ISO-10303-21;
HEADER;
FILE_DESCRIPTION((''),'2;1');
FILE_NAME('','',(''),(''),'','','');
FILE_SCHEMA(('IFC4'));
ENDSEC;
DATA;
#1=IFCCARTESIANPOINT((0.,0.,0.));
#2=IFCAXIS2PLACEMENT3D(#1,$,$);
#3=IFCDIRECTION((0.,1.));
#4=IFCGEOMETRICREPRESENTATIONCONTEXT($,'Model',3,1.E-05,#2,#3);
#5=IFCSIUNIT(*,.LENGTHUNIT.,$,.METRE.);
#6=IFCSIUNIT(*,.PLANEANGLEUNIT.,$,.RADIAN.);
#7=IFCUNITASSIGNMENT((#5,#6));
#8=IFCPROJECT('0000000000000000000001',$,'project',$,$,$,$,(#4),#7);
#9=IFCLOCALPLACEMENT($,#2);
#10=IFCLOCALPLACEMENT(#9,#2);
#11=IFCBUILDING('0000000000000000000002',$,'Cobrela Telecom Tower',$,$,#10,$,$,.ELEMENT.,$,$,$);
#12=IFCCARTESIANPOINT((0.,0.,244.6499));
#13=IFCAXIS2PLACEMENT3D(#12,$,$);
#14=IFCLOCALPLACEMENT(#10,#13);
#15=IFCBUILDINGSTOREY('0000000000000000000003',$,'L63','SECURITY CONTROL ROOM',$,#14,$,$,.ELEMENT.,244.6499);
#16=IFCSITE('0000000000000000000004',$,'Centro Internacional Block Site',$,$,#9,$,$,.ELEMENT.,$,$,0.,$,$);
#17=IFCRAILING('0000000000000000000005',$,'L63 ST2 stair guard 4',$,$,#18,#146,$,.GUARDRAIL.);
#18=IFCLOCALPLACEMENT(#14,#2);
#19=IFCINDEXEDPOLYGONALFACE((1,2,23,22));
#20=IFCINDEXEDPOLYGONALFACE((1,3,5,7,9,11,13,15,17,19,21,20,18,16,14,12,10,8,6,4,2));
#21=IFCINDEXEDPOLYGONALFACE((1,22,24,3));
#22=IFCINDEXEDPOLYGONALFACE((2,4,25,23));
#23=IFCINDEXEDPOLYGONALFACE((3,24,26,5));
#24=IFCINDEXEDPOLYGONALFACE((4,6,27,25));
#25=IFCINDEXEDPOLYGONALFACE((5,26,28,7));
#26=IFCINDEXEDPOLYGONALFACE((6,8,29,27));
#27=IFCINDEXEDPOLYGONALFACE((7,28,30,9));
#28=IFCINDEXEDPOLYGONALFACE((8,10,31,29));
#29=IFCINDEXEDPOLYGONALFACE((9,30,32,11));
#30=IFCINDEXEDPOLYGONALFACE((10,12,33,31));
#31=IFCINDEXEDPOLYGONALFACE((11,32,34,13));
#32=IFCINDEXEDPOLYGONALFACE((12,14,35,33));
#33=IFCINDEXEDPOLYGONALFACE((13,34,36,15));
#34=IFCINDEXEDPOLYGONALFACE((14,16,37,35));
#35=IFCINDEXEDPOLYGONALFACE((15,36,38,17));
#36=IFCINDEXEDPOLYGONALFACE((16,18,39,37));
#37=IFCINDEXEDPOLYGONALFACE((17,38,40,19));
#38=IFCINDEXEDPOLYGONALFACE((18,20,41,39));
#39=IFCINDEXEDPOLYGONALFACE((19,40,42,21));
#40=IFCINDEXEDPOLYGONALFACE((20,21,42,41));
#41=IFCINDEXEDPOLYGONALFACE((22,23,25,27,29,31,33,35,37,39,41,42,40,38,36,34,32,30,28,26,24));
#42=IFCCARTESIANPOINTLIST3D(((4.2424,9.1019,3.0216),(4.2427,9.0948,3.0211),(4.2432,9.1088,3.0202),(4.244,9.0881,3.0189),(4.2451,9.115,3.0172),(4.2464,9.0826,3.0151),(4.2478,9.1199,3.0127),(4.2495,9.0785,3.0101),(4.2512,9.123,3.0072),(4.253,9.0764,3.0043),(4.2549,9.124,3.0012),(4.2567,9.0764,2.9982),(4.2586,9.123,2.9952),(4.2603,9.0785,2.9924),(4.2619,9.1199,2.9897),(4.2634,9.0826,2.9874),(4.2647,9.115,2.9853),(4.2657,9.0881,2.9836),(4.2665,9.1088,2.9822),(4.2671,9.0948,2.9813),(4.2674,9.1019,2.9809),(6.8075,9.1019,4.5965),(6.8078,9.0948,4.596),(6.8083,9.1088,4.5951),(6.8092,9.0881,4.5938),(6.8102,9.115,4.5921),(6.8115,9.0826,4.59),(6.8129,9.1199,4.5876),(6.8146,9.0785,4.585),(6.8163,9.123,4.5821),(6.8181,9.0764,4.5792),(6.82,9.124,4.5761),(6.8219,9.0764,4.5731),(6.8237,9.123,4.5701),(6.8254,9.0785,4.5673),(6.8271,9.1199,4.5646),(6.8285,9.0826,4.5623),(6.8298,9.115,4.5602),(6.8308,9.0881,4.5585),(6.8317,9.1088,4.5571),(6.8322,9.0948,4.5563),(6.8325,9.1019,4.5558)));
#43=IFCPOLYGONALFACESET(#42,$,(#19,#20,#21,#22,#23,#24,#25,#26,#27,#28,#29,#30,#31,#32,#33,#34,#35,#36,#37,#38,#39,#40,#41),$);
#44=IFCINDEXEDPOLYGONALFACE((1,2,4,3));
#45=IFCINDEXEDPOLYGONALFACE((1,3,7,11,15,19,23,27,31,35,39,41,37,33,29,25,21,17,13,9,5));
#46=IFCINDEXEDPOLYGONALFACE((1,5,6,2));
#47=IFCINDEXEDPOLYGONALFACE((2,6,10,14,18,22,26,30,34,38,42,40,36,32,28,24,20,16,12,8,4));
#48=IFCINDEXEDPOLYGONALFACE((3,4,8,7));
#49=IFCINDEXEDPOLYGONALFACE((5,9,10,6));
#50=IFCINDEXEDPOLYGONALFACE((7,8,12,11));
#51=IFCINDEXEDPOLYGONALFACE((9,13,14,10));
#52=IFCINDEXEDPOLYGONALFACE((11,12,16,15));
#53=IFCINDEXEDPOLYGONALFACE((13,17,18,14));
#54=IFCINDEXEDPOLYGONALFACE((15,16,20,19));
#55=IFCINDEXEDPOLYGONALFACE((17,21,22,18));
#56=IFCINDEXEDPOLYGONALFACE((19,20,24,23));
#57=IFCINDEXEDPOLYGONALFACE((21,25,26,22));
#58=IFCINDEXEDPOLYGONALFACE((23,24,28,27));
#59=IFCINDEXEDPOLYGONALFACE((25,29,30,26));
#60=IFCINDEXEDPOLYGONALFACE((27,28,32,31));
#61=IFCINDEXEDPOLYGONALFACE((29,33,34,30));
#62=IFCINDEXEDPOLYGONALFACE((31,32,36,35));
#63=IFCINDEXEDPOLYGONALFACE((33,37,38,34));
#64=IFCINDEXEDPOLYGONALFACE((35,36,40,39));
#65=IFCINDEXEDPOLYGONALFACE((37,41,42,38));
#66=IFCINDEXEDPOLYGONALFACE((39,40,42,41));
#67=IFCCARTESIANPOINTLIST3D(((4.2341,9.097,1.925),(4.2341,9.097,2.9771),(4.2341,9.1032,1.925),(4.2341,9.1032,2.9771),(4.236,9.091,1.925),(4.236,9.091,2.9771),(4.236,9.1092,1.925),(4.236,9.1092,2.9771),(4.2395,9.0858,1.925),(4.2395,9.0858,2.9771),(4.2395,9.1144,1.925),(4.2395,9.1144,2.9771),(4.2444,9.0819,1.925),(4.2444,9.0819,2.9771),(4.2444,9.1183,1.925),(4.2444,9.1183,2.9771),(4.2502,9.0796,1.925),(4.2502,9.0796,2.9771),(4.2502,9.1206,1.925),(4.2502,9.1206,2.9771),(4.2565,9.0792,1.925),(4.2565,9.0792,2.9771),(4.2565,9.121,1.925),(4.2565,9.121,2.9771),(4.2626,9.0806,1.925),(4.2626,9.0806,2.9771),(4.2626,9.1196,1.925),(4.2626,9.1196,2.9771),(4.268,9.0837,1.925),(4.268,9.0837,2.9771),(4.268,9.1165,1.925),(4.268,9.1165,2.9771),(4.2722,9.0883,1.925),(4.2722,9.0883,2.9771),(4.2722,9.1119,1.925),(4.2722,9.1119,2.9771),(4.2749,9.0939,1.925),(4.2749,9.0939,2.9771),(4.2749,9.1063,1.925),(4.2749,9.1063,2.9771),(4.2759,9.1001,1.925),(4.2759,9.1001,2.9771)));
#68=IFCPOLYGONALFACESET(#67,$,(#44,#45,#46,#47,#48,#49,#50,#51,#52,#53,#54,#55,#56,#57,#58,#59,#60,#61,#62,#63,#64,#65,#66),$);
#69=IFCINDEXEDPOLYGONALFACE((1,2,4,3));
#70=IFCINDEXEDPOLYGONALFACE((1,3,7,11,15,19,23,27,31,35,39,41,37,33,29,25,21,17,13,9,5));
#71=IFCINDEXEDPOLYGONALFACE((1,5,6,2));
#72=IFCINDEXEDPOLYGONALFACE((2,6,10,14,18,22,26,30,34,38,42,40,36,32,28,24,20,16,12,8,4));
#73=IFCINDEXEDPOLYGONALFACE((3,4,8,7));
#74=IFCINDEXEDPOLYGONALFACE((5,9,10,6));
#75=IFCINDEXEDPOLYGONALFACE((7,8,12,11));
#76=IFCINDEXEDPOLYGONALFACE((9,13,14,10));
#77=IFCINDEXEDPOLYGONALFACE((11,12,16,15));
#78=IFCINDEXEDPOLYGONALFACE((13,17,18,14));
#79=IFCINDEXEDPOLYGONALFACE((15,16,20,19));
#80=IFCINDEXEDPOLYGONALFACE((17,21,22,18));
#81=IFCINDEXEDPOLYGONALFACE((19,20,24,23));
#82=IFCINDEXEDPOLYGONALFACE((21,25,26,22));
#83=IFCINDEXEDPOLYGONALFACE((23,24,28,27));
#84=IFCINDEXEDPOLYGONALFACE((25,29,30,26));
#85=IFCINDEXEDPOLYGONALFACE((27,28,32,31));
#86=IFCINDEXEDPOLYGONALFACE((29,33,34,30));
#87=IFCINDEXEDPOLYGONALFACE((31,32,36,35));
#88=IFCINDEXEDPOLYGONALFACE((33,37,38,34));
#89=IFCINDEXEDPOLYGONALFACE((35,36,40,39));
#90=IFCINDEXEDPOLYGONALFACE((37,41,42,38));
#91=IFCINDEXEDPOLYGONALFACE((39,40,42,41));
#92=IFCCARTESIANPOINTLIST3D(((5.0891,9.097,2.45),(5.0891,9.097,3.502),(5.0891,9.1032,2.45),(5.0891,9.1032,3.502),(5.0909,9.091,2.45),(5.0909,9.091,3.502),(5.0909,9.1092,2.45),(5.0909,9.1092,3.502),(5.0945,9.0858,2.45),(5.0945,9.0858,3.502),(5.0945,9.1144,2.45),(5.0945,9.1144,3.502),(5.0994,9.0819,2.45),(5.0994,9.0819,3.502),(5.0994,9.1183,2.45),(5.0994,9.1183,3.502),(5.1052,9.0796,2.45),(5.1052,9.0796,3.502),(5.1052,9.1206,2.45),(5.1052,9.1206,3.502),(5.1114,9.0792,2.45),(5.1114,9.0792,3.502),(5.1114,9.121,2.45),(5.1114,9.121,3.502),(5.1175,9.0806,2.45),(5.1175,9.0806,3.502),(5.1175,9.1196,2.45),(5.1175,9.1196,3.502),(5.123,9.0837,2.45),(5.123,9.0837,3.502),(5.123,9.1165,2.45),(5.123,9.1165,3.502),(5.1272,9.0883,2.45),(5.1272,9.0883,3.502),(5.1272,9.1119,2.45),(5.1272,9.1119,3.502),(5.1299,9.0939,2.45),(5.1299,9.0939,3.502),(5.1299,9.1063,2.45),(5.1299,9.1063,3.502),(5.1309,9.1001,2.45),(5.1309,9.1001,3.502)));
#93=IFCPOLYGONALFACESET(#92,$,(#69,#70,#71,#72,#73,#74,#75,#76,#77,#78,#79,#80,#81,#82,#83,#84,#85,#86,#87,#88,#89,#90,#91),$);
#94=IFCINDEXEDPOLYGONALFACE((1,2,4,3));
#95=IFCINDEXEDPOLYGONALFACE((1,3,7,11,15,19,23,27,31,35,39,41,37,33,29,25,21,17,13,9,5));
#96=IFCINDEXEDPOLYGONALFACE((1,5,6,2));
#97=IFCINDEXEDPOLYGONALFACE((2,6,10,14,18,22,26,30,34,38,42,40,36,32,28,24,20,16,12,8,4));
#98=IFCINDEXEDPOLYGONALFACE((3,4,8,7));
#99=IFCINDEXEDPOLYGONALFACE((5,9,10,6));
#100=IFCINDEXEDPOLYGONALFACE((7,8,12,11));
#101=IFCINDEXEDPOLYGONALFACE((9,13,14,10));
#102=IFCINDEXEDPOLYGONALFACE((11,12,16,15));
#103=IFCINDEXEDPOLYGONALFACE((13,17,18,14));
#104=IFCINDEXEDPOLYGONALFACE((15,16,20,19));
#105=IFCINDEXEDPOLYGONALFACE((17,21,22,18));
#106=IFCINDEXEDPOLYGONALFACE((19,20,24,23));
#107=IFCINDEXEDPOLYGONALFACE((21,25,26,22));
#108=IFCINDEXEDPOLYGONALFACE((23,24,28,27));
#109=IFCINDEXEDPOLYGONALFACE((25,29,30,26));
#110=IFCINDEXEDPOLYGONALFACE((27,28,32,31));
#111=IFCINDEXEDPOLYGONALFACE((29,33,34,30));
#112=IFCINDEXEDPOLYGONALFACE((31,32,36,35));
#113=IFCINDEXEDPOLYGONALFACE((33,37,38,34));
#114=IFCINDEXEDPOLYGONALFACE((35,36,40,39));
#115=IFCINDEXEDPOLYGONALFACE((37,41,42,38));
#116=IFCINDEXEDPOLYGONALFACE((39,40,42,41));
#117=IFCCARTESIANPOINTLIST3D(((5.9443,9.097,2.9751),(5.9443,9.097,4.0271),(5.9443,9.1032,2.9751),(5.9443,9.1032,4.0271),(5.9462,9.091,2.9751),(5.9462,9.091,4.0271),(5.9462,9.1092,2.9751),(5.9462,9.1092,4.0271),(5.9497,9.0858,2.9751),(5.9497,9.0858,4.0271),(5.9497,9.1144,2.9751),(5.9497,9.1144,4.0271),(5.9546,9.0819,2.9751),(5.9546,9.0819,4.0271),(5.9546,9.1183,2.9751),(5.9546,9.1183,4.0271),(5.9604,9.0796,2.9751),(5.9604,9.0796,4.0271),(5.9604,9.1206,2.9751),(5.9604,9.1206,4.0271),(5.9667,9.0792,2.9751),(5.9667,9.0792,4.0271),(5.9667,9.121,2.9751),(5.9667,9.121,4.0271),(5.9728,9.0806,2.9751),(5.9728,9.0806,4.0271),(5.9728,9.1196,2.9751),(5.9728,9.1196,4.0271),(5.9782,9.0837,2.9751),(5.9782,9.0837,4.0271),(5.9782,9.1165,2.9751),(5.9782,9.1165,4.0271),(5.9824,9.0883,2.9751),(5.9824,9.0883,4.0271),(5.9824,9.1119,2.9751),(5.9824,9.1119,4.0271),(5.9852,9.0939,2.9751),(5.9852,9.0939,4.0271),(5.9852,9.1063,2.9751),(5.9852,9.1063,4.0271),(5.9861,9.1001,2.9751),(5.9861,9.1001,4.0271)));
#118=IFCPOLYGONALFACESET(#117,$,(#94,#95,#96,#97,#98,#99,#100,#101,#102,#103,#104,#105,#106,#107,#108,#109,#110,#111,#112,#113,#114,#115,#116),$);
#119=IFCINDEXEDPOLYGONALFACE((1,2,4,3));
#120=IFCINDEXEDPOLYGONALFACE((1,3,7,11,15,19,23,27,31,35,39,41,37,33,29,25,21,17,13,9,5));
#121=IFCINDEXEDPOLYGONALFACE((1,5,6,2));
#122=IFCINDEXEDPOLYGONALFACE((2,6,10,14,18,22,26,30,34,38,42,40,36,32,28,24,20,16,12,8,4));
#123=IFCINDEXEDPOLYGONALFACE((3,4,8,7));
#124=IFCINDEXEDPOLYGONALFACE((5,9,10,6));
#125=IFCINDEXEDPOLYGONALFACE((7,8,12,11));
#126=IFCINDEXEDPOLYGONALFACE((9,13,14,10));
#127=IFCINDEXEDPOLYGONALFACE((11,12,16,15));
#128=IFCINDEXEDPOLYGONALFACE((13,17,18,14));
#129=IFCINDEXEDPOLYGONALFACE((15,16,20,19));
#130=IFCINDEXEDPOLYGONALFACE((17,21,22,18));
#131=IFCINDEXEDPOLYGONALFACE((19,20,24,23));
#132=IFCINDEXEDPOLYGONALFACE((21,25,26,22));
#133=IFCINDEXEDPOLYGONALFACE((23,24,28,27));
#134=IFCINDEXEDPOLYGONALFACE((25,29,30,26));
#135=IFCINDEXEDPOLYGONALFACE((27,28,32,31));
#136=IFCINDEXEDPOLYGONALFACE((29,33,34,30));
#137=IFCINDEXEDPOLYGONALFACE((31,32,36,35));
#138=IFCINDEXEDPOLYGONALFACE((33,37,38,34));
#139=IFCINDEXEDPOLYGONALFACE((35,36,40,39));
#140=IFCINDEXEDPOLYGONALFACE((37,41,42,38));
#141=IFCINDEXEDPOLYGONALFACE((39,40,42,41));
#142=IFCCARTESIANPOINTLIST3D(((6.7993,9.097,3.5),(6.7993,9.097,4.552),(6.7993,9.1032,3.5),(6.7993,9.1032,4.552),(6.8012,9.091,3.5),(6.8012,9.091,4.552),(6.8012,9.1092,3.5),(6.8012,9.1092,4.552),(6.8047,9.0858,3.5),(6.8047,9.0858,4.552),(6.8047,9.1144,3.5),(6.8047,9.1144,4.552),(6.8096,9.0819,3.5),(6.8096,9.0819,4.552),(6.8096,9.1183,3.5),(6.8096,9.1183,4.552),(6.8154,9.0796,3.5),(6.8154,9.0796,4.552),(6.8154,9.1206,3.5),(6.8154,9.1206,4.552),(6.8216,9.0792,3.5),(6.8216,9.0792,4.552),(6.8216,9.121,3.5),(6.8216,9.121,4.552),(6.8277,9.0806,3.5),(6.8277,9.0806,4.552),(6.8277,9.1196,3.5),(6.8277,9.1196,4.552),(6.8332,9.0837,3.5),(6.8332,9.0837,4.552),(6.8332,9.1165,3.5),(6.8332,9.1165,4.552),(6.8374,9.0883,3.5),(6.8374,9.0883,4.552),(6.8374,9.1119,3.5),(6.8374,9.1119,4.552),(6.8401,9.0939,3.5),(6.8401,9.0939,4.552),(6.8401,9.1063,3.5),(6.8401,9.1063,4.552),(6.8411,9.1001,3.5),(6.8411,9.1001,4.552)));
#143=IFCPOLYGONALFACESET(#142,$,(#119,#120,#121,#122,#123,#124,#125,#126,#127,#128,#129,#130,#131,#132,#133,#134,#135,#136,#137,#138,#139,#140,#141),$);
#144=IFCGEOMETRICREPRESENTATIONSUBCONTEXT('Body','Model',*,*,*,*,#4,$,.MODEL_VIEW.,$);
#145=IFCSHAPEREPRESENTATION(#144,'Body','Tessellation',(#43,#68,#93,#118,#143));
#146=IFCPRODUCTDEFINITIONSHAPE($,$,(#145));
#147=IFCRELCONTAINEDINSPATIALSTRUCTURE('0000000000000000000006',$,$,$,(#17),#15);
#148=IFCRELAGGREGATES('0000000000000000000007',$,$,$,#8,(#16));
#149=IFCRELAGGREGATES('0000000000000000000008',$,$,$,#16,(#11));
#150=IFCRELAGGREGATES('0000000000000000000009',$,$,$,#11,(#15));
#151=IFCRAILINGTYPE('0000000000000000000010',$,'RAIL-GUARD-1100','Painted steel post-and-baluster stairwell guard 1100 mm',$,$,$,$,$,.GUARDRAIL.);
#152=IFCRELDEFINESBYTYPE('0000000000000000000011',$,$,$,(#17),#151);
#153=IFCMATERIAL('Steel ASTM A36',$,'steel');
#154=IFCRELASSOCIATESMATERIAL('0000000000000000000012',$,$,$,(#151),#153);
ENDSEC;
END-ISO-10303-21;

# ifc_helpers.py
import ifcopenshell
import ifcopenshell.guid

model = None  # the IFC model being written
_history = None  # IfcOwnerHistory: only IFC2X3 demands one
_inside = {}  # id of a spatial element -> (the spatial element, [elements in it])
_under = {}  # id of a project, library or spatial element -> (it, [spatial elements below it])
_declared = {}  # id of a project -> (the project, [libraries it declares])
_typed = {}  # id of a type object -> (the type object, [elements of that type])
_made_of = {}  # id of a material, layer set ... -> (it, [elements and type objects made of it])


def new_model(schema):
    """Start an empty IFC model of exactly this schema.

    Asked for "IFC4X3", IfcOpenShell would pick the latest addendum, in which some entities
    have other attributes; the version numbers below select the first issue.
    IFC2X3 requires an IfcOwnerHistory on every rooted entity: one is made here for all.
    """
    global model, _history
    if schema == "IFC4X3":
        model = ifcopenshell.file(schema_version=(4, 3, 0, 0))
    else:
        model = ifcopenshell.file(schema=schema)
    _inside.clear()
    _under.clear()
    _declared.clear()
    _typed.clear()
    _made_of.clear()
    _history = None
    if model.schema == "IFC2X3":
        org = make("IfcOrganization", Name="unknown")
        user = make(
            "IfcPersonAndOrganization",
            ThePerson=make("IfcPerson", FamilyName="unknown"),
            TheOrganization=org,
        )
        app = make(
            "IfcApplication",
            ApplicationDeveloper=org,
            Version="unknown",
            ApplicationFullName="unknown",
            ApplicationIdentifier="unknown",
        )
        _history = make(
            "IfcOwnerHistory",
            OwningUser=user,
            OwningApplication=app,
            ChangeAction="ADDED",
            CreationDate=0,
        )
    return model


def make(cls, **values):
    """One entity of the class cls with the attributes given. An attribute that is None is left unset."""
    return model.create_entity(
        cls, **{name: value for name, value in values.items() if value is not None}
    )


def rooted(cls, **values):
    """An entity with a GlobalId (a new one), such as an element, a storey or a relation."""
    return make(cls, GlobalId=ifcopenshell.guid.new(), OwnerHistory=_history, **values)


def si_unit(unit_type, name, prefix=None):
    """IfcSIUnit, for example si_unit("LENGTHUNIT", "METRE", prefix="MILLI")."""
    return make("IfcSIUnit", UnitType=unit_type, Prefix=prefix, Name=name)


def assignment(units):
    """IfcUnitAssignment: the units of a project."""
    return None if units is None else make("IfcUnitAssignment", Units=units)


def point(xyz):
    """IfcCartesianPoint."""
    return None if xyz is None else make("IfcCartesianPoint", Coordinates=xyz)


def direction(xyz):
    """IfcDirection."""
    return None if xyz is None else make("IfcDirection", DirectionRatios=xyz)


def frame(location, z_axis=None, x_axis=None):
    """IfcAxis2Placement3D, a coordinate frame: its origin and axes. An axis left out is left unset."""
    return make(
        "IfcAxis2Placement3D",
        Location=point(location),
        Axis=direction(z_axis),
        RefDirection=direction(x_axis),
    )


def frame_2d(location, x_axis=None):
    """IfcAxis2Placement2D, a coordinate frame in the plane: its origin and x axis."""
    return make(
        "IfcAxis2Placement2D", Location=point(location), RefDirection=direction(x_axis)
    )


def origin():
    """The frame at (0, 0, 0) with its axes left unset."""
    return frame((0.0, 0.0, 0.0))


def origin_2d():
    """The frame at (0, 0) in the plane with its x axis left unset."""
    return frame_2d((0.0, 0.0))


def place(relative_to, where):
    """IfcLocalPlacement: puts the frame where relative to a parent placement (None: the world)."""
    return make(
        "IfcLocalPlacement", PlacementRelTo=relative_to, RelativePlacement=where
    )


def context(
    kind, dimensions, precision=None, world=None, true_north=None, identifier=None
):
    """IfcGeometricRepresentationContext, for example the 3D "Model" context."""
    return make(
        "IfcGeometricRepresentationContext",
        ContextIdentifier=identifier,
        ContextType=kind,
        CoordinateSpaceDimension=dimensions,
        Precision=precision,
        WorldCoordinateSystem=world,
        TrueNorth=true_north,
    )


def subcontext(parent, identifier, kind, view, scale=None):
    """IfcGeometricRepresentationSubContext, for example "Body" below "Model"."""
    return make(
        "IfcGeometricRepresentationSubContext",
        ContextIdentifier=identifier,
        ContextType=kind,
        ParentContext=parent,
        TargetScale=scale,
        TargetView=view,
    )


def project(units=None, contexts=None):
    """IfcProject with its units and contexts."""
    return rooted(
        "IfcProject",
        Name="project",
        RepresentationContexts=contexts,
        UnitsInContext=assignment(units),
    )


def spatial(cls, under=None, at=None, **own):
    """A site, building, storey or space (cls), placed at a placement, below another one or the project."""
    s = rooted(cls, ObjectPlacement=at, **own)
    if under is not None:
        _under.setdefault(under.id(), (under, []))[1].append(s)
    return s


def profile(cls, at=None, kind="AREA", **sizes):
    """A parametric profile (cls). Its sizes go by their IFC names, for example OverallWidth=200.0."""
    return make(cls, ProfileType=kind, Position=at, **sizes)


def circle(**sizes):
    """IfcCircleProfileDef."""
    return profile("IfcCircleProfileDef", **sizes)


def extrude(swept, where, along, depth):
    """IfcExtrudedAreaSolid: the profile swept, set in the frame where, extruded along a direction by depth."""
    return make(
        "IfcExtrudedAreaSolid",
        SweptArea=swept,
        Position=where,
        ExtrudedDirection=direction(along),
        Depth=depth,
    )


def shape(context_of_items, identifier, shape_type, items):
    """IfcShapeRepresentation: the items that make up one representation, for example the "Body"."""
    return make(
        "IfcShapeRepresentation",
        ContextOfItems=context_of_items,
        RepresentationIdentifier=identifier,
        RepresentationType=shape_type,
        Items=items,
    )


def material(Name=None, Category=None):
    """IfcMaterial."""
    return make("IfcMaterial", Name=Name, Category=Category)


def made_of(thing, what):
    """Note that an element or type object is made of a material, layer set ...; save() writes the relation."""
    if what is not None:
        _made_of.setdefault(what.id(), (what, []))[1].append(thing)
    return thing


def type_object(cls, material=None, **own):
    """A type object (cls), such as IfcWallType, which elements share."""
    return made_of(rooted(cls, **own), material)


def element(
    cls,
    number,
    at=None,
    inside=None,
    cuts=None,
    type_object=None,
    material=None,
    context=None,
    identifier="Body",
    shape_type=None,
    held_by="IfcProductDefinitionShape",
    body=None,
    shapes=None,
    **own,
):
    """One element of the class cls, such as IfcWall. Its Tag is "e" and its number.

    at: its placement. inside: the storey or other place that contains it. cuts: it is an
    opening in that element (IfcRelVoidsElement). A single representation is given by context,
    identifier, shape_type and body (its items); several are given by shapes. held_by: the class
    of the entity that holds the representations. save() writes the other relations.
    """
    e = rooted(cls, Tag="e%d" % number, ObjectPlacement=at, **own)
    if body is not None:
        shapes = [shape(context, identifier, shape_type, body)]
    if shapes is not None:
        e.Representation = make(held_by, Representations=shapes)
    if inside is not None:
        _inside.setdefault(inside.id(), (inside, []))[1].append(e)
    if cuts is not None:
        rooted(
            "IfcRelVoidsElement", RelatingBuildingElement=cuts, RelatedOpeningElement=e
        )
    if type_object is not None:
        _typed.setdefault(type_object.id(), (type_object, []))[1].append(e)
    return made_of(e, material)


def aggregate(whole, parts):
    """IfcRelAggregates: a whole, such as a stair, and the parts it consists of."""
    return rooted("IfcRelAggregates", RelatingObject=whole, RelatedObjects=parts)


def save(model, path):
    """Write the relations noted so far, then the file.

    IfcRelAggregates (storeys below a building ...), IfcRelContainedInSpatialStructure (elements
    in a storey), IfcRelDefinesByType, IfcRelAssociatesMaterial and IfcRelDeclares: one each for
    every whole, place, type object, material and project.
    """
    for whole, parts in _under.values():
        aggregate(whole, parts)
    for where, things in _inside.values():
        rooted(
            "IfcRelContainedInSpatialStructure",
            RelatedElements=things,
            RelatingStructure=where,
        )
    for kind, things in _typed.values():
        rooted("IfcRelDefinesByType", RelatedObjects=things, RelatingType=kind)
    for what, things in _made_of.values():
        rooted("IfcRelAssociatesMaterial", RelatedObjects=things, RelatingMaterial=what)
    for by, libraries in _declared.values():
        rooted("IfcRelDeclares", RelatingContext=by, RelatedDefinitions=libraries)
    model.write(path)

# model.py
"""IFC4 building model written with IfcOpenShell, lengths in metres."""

from ifc_helpers import new_model, si_unit, direction, frame, origin, origin_2d, place, context, subcontext, project, spatial, circle, extrude, material, type_object, element, save


model = new_model("IFC4")

# Units and contexts
model_context = context("Model", 3, precision=1e-05, world=origin(), true_north=direction((0.0, 1.0)))
body_context = subcontext(model_context, "Body", "Model", "MODEL_VIEW")
ifc_project = project(units=[si_unit("LENGTHUNIT", "METRE"), si_unit("PLANEANGLEUNIT", "RADIAN")], contexts=[model_context])

# Site, building, storey
site_placement = place(None, origin())
site = spatial("IfcSite", under=ifc_project, at=site_placement, Name="Centro Internacional Block Site", CompositionType="ELEMENT", RefElevation=0.0)
building_placement = place(site_placement, origin())
building = spatial("IfcBuilding", under=site, at=building_placement, Name="Cobrela Telecom Tower", CompositionType="ELEMENT")
storey_placement = place(building_placement, frame((0.0, 0.0, 244.6499)))
storey = spatial("IfcBuildingStorey", under=building, at=storey_placement, Name="L63", Description="SECURITY CONTROL ROOM", CompositionType="ELEMENT", Elevation=244.6499)

# Railing
ifc_material_1 = material(Name="Steel ASTM A36", Category="steel")
railing_type_1 = type_object("IfcRailingType", Name="RAIL-GUARD-1100", Description="Painted steel post-and-baluster stairwell guard 1100 mm", PredefinedType="GUARDRAIL", material=ifc_material_1)
railing_1_placement = place(storey_placement, frame((4.2549, 9.1001, 1.925)))
element("IfcRailing", 1, at=railing_1_placement, inside=storey, type_object=railing_type_1, Name="L63 ST2 stair guard 4", PredefinedType="GUARDRAIL", context=body_context, shape_type="SweptSolid", body=[
    extrude(circle(Radius=0.0239, at=origin_2d()), frame((0.0, 0.0, 1.0762), z_axis=(0.852195, 0.0, 0.523224), x_axis=(0.0, 1.0, 0.0)), (0.0, 0.0, 1.0), 3.01),
    extrude(circle(Radius=0.021, at=origin_2d()), origin(), (0.0, 0.0, 1.0), 1.052),
    extrude(circle(Radius=0.021, at=origin_2d()), frame((0.855, 0.0, 0.5249)), (0.0, 0.0, 1.0), 1.052),
    extrude(circle(Radius=0.021, at=origin_2d()), frame((1.7102, 0.0, 1.05)), (0.0, 0.0, 1.0), 1.052),
    extrude(circle(Radius=0.021, at=origin_2d()), frame((2.5652, 0.0, 1.575)), (0.0, 0.0, 1.0), 1.052),
])

save(model, "model.ifc")
